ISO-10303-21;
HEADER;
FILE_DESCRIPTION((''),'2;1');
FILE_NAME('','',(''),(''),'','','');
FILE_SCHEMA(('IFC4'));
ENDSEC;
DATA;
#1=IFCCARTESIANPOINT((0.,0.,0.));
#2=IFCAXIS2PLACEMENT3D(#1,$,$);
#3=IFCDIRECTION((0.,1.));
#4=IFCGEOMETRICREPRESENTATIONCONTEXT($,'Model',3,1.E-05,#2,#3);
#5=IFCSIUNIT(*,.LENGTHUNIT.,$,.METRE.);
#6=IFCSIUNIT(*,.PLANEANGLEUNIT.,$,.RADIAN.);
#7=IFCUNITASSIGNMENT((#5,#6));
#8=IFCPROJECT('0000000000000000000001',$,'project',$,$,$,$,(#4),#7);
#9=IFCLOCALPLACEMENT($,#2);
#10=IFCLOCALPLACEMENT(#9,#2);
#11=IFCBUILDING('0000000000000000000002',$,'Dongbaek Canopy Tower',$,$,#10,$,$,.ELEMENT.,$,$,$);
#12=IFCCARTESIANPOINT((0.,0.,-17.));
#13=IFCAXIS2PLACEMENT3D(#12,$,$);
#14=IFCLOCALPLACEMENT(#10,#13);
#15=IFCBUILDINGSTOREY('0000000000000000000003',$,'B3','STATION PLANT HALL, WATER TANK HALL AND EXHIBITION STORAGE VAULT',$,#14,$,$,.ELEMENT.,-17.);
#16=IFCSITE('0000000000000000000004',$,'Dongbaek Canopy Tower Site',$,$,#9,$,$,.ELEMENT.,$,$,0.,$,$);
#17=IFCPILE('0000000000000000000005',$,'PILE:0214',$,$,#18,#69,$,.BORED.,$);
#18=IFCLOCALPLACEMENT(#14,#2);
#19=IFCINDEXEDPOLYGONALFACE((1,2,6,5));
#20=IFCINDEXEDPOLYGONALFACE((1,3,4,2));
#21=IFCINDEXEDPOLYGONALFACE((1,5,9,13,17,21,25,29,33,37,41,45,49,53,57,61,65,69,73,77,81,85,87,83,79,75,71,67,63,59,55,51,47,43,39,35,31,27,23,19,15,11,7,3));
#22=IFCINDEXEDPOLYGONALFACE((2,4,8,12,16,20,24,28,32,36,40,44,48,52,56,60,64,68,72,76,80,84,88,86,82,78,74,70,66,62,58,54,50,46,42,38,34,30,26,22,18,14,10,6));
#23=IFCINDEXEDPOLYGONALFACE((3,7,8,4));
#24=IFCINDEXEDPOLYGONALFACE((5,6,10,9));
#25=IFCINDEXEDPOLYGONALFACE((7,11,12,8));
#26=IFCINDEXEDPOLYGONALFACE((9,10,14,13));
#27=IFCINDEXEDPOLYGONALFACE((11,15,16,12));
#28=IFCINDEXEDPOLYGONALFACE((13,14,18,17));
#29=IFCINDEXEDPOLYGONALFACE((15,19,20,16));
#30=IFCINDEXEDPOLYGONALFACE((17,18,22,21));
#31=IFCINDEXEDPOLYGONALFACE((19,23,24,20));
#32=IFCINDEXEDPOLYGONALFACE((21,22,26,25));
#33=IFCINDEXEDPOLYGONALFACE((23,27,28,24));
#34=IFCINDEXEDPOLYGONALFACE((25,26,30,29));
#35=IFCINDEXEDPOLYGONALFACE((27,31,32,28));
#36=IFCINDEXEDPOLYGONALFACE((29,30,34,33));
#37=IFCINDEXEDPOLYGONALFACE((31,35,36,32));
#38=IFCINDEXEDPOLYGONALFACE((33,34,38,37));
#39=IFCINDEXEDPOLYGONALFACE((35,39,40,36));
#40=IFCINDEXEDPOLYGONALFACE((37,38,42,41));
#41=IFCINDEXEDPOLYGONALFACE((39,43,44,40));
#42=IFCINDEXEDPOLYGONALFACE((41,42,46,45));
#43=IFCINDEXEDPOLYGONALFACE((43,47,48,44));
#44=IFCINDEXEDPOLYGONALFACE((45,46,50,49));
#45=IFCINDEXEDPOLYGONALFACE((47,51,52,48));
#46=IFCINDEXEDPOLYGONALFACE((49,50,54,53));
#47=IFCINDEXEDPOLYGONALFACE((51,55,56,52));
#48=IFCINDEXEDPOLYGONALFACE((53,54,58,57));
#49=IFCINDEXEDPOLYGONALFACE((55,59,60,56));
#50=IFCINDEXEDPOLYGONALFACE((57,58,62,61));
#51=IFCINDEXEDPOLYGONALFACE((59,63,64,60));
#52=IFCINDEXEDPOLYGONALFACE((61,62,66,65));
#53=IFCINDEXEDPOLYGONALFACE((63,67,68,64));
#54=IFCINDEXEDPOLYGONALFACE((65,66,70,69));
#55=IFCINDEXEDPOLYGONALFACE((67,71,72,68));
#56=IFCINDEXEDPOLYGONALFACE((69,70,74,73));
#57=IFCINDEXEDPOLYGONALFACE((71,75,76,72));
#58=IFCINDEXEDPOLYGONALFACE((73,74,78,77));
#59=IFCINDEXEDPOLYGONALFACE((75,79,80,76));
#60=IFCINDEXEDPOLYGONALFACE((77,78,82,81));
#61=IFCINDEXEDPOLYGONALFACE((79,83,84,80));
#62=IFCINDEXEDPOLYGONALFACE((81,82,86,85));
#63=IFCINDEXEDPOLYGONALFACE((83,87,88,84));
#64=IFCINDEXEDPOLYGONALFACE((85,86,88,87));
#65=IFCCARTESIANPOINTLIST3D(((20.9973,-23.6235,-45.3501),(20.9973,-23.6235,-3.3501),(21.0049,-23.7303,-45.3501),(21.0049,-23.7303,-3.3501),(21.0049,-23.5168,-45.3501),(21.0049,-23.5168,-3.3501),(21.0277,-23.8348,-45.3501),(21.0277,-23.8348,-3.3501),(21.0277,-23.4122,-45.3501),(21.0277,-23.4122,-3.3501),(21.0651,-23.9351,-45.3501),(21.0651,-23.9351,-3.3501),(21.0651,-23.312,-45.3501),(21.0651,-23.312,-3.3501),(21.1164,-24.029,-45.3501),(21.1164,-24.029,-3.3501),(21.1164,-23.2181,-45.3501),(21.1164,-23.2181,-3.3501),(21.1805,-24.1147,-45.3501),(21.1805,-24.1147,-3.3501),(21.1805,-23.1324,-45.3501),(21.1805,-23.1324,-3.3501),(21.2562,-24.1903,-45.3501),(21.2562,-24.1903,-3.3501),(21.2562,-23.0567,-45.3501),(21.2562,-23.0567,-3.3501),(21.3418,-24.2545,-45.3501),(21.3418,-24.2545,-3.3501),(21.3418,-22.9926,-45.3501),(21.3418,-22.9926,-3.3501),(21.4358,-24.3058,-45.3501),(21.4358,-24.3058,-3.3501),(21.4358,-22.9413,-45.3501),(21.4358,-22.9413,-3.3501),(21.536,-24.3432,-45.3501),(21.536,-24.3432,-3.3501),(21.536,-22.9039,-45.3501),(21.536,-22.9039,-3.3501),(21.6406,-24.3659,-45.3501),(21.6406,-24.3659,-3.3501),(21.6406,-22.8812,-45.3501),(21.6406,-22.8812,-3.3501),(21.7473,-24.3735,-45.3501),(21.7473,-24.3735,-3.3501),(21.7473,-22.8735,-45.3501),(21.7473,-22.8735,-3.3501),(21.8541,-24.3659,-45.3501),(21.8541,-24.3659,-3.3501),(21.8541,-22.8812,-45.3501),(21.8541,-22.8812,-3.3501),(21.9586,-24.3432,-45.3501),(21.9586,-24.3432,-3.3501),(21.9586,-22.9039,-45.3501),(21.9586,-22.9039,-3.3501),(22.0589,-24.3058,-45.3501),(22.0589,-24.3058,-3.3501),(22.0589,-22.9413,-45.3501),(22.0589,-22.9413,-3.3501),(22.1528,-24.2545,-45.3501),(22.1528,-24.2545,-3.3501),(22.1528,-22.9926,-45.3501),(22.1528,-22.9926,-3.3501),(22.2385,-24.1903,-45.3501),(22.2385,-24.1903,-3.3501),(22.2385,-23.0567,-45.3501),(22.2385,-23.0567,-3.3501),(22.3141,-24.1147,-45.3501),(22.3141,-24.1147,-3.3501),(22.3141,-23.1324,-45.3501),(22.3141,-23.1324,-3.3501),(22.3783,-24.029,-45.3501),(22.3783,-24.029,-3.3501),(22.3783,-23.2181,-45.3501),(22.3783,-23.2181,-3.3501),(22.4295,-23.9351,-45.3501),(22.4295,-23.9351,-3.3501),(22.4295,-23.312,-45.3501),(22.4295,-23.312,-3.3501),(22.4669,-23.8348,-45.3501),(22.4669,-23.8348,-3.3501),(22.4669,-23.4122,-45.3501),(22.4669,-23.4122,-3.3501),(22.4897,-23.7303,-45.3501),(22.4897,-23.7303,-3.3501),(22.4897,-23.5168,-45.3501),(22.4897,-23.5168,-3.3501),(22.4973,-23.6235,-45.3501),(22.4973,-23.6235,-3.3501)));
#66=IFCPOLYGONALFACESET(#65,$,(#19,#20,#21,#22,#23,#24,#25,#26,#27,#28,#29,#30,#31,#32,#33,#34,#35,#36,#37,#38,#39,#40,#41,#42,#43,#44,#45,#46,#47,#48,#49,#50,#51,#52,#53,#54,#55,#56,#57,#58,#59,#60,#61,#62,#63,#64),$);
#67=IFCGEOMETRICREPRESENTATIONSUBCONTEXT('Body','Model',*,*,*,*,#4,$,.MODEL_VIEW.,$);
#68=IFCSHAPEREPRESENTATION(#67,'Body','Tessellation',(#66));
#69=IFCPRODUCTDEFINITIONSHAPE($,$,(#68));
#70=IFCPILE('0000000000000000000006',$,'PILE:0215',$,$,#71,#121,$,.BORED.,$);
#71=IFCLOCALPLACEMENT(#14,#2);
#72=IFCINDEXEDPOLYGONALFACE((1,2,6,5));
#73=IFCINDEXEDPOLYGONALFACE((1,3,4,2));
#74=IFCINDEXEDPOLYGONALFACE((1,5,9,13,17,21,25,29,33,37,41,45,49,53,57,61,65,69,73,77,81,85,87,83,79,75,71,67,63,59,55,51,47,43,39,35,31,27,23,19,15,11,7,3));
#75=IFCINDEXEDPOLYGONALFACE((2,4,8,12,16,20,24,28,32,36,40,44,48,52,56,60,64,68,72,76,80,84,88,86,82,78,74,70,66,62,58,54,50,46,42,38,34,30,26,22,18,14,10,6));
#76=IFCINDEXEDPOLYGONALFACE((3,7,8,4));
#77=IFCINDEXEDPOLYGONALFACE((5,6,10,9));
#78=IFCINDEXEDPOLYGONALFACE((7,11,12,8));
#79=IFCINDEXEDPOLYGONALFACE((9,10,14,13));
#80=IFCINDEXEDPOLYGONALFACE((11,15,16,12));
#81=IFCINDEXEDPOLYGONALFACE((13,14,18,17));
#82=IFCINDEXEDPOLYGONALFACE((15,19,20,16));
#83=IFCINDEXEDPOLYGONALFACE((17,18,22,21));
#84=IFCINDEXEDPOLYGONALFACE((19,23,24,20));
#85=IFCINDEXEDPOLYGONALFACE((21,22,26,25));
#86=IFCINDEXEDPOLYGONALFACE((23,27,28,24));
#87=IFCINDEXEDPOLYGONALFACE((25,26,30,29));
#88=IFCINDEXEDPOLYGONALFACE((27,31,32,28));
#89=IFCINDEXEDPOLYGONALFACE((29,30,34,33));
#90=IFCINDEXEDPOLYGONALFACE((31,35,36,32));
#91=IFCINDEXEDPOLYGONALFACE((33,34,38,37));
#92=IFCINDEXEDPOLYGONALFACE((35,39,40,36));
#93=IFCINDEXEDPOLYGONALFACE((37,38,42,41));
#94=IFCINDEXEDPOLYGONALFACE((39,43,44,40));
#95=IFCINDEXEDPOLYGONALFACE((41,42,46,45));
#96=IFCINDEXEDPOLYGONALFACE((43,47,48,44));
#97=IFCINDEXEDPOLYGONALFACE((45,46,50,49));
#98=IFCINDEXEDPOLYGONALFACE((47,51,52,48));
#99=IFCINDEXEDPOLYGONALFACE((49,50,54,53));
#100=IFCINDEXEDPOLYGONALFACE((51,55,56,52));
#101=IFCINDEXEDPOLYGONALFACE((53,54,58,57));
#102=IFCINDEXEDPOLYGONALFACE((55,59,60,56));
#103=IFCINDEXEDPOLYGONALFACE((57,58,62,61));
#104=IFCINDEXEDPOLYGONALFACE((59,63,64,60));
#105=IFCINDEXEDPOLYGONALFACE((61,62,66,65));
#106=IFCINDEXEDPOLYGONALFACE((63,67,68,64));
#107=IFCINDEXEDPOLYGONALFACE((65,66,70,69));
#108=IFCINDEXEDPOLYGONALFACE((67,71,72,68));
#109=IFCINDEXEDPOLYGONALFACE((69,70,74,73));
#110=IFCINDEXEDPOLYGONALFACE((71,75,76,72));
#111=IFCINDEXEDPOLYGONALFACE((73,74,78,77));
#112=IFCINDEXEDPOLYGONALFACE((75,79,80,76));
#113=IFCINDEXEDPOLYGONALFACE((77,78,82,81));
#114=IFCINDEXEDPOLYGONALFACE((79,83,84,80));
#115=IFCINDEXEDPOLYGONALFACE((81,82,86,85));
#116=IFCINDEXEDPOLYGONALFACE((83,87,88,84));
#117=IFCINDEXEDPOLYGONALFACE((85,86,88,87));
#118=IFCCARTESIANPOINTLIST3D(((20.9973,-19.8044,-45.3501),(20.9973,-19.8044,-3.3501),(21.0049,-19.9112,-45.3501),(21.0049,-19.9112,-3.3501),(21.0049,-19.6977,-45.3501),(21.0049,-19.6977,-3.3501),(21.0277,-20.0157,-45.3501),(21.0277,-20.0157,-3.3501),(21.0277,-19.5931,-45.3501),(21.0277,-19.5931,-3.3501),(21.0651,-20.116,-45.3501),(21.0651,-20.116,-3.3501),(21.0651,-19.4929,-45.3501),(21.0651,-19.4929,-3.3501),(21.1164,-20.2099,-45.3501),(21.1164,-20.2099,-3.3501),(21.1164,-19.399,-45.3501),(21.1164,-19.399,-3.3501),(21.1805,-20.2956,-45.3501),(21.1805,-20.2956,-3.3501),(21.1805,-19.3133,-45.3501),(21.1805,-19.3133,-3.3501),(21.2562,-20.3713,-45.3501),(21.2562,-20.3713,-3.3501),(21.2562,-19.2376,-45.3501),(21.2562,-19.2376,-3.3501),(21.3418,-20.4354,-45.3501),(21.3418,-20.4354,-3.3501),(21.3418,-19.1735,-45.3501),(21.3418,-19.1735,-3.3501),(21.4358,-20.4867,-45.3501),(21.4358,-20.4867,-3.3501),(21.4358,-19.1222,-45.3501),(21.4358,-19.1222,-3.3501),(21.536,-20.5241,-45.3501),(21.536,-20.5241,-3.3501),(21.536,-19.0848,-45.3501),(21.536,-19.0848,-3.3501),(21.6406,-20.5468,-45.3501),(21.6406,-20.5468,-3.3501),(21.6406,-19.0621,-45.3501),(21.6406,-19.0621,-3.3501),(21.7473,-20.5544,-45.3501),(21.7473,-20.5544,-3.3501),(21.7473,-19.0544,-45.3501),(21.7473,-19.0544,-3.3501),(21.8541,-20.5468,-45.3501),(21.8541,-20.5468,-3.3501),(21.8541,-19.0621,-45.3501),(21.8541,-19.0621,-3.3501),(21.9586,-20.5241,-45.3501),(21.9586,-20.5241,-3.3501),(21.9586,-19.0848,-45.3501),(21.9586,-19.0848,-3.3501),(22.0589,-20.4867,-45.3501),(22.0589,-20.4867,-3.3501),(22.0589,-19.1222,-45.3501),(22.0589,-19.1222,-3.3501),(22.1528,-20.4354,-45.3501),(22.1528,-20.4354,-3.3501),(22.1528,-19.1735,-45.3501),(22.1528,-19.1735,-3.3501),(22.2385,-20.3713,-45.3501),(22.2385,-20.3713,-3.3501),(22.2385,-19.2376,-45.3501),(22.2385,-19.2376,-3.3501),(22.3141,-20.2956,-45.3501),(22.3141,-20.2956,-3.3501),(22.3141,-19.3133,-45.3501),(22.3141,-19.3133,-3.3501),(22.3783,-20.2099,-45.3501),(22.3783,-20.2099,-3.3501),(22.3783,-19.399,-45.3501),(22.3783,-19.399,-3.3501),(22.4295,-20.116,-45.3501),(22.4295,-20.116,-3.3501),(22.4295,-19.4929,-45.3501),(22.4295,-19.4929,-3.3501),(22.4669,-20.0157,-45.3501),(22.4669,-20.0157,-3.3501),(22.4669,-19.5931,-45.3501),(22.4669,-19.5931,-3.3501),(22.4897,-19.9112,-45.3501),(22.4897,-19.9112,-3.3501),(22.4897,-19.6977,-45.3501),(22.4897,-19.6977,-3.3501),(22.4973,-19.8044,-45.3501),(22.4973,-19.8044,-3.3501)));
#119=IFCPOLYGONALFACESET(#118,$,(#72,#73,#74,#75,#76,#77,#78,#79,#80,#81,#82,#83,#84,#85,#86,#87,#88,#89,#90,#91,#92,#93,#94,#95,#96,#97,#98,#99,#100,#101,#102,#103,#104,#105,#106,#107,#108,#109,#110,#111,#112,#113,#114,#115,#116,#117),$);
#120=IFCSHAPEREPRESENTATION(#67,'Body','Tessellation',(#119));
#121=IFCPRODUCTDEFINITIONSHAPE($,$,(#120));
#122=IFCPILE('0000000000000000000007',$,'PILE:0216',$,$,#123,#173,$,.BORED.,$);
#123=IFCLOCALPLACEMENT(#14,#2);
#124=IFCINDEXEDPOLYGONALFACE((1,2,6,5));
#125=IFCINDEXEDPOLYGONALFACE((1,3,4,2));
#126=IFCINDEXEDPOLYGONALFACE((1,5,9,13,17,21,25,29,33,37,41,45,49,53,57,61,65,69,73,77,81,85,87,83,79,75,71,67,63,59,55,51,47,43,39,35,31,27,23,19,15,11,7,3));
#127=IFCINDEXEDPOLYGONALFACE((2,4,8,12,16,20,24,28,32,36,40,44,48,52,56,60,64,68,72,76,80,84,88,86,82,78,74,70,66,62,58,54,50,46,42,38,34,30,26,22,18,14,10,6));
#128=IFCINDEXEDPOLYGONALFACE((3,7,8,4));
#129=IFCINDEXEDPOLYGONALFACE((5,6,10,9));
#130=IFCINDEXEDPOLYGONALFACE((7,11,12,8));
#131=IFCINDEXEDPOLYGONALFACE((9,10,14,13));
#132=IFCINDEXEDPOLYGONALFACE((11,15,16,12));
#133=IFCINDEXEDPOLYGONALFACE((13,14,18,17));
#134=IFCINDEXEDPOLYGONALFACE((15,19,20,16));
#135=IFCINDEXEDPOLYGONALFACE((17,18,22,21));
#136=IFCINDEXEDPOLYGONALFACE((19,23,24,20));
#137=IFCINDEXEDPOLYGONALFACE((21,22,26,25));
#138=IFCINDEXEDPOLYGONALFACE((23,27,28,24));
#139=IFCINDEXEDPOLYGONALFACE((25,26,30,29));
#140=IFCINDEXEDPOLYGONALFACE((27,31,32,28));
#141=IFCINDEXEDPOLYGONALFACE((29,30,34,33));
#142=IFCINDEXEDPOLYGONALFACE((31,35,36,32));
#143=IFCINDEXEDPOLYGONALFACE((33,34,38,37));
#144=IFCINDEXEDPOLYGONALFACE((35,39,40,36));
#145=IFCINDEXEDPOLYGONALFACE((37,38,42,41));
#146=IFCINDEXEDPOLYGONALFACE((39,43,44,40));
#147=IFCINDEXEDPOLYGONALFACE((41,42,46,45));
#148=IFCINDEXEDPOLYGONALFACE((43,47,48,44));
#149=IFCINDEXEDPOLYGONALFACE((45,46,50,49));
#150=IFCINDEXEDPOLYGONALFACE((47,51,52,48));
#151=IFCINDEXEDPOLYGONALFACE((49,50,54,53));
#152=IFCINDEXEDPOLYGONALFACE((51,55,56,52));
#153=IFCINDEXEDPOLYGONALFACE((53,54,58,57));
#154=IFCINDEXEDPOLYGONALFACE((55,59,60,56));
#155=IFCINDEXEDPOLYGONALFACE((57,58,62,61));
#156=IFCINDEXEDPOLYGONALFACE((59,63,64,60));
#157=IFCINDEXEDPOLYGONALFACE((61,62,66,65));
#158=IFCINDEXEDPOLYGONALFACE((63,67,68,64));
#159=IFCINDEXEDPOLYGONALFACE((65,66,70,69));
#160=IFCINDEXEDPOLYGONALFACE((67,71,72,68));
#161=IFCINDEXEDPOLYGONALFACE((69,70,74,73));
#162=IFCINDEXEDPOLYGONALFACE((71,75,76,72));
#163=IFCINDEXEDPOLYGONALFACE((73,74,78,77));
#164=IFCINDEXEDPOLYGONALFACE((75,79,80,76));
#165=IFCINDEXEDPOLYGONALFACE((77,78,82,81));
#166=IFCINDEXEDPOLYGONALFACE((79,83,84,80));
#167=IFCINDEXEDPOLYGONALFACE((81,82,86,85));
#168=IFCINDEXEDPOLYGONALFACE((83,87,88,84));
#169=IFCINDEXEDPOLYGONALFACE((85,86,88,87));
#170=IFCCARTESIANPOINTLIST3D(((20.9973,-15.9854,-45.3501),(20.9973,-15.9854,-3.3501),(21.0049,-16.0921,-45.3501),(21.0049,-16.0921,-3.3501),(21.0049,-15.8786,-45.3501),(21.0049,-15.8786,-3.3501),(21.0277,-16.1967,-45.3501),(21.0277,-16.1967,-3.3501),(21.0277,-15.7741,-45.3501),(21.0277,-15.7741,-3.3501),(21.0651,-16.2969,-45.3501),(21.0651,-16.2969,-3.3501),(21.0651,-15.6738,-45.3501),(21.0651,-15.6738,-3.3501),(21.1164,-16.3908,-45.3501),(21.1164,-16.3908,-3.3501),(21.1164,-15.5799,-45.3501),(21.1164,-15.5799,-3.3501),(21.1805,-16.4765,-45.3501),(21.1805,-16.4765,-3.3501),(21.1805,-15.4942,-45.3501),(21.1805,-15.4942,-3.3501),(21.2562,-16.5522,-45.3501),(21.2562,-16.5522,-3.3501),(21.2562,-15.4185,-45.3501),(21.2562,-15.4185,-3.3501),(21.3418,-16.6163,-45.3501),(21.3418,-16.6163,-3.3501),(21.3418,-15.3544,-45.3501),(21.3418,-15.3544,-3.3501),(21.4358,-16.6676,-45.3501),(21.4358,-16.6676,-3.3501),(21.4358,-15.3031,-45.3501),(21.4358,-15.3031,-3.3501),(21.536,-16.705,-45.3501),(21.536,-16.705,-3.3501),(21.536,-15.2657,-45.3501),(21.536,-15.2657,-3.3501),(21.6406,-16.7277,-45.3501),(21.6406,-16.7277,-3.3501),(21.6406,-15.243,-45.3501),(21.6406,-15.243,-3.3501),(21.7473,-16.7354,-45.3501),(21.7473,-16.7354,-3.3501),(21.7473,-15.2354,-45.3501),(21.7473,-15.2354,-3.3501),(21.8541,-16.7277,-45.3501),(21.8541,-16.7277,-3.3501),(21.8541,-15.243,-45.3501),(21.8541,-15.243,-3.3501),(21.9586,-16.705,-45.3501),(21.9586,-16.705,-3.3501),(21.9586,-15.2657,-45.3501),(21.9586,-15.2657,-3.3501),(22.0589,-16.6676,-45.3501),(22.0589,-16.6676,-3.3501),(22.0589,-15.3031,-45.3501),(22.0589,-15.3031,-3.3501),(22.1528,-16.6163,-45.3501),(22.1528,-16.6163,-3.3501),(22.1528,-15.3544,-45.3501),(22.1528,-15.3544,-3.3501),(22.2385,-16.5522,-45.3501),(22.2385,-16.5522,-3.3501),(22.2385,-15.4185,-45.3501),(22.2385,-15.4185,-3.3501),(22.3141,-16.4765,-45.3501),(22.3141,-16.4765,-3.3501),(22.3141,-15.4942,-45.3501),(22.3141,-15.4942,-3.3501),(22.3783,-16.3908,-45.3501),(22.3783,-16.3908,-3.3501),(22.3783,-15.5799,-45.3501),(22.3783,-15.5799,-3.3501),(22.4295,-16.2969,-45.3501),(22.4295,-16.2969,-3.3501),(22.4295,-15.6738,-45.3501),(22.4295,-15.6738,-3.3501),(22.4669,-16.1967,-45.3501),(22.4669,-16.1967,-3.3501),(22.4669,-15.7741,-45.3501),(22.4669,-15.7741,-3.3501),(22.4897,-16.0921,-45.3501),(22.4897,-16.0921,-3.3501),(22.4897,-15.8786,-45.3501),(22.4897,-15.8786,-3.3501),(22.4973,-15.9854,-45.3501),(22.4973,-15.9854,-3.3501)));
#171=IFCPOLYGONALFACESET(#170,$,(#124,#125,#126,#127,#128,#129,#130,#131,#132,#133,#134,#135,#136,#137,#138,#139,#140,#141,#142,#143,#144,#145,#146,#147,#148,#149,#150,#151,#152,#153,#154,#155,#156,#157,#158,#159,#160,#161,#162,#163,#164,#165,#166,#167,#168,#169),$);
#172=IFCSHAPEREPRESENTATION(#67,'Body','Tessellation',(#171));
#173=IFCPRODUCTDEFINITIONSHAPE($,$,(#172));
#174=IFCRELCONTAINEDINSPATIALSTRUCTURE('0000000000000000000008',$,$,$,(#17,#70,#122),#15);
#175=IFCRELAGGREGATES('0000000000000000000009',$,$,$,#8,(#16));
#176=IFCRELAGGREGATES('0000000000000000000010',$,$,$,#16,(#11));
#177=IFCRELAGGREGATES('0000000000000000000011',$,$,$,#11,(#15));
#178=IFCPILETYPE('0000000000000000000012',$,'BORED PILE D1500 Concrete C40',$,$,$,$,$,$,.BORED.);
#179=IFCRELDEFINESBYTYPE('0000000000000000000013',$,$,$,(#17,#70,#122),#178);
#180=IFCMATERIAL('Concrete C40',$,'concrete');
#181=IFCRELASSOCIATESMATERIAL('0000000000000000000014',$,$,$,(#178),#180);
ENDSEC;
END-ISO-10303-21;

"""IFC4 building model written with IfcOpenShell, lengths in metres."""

from ifc_helpers import new_model, si_unit, direction, frame, origin, origin_2d, place, context, subcontext, project, spatial, circle, extrude, material, material_profile, profile_set, type_object, element, save


model = new_model("IFC4")

# Units and contexts
model_context = context("Model", 3, precision=1e-05, world=origin(), true_north=direction((0.0, 1.0)))
body_context = subcontext(model_context, "Body", "Model", "MODEL_VIEW")
ifc_project = project(units=[si_unit("LENGTHUNIT", "METRE"), si_unit("PLANEANGLEUNIT", "RADIAN")], contexts=[model_context])

# Site, building, storey
site_placement = place(None, origin())
site = spatial("IfcSite", under=ifc_project, at=site_placement, Name="Dongbaek Canopy Tower Site", CompositionType="ELEMENT", RefElevation=0.0)
building_placement = place(site_placement, origin())
building = spatial("IfcBuilding", under=site, at=building_placement, Name="Dongbaek Canopy Tower", CompositionType="ELEMENT")
storey_placement = place(building_placement, frame((0.0, 0.0, -17.0)))
storey = spatial("IfcBuildingStorey", under=building, at=storey_placement, Name="B3", Description="STATION PLANT HALL, WATER TANK HALL AND EXHIBITION STORAGE VAULT", CompositionType="ELEMENT", Elevation=-17.0)

# Piles
ifc_material_1 = material(Name="Concrete C40", Category="concrete")
ifc_material_profile_1 = material_profile(ifc_material_1, circle(Radius=0.75, at=origin_2d()), Name="BORED PILE D1500 Concrete C40")
ifc_profile_set_1 = profile_set([ifc_material_profile_1], Name="Concrete C40")
pile_type = type_object("IfcPileType", Name="BORED PILE D1500 Concrete C40", PredefinedType="BORED", material=ifc_profile_set_1)
for number, where, z_axis, x_axis, name in (
    (1, (21.7473, -23.6235, -3.3501), (0.0, 0.0, -1.0), (1.0, 0.0, 0.0), "PILE:0214"),
    (2, (21.7473, -19.8044, -3.3501), (0.0, 0.0, -1.0), (1.0, 0.0, 0.0), "PILE:0215"),
    (3, (21.7473, -15.9854, -3.3501), (0.0, 0.0, -1.0), (1.0, 0.0, 0.0), "PILE:0216"),
):
    element("IfcPile", number, at=place(storey_placement, frame(where, z_axis=z_axis, x_axis=x_axis)), inside=storey, type_object=pile_type, Name=name, PredefinedType="BORED", context=body_context, shape_type="SweptSolid", body=[
        extrude(circle(Radius=0.75, at=origin_2d()), origin(), (0.0, 0.0, 1.0), 42.0),
    ])

save(model, "model.ifc")
